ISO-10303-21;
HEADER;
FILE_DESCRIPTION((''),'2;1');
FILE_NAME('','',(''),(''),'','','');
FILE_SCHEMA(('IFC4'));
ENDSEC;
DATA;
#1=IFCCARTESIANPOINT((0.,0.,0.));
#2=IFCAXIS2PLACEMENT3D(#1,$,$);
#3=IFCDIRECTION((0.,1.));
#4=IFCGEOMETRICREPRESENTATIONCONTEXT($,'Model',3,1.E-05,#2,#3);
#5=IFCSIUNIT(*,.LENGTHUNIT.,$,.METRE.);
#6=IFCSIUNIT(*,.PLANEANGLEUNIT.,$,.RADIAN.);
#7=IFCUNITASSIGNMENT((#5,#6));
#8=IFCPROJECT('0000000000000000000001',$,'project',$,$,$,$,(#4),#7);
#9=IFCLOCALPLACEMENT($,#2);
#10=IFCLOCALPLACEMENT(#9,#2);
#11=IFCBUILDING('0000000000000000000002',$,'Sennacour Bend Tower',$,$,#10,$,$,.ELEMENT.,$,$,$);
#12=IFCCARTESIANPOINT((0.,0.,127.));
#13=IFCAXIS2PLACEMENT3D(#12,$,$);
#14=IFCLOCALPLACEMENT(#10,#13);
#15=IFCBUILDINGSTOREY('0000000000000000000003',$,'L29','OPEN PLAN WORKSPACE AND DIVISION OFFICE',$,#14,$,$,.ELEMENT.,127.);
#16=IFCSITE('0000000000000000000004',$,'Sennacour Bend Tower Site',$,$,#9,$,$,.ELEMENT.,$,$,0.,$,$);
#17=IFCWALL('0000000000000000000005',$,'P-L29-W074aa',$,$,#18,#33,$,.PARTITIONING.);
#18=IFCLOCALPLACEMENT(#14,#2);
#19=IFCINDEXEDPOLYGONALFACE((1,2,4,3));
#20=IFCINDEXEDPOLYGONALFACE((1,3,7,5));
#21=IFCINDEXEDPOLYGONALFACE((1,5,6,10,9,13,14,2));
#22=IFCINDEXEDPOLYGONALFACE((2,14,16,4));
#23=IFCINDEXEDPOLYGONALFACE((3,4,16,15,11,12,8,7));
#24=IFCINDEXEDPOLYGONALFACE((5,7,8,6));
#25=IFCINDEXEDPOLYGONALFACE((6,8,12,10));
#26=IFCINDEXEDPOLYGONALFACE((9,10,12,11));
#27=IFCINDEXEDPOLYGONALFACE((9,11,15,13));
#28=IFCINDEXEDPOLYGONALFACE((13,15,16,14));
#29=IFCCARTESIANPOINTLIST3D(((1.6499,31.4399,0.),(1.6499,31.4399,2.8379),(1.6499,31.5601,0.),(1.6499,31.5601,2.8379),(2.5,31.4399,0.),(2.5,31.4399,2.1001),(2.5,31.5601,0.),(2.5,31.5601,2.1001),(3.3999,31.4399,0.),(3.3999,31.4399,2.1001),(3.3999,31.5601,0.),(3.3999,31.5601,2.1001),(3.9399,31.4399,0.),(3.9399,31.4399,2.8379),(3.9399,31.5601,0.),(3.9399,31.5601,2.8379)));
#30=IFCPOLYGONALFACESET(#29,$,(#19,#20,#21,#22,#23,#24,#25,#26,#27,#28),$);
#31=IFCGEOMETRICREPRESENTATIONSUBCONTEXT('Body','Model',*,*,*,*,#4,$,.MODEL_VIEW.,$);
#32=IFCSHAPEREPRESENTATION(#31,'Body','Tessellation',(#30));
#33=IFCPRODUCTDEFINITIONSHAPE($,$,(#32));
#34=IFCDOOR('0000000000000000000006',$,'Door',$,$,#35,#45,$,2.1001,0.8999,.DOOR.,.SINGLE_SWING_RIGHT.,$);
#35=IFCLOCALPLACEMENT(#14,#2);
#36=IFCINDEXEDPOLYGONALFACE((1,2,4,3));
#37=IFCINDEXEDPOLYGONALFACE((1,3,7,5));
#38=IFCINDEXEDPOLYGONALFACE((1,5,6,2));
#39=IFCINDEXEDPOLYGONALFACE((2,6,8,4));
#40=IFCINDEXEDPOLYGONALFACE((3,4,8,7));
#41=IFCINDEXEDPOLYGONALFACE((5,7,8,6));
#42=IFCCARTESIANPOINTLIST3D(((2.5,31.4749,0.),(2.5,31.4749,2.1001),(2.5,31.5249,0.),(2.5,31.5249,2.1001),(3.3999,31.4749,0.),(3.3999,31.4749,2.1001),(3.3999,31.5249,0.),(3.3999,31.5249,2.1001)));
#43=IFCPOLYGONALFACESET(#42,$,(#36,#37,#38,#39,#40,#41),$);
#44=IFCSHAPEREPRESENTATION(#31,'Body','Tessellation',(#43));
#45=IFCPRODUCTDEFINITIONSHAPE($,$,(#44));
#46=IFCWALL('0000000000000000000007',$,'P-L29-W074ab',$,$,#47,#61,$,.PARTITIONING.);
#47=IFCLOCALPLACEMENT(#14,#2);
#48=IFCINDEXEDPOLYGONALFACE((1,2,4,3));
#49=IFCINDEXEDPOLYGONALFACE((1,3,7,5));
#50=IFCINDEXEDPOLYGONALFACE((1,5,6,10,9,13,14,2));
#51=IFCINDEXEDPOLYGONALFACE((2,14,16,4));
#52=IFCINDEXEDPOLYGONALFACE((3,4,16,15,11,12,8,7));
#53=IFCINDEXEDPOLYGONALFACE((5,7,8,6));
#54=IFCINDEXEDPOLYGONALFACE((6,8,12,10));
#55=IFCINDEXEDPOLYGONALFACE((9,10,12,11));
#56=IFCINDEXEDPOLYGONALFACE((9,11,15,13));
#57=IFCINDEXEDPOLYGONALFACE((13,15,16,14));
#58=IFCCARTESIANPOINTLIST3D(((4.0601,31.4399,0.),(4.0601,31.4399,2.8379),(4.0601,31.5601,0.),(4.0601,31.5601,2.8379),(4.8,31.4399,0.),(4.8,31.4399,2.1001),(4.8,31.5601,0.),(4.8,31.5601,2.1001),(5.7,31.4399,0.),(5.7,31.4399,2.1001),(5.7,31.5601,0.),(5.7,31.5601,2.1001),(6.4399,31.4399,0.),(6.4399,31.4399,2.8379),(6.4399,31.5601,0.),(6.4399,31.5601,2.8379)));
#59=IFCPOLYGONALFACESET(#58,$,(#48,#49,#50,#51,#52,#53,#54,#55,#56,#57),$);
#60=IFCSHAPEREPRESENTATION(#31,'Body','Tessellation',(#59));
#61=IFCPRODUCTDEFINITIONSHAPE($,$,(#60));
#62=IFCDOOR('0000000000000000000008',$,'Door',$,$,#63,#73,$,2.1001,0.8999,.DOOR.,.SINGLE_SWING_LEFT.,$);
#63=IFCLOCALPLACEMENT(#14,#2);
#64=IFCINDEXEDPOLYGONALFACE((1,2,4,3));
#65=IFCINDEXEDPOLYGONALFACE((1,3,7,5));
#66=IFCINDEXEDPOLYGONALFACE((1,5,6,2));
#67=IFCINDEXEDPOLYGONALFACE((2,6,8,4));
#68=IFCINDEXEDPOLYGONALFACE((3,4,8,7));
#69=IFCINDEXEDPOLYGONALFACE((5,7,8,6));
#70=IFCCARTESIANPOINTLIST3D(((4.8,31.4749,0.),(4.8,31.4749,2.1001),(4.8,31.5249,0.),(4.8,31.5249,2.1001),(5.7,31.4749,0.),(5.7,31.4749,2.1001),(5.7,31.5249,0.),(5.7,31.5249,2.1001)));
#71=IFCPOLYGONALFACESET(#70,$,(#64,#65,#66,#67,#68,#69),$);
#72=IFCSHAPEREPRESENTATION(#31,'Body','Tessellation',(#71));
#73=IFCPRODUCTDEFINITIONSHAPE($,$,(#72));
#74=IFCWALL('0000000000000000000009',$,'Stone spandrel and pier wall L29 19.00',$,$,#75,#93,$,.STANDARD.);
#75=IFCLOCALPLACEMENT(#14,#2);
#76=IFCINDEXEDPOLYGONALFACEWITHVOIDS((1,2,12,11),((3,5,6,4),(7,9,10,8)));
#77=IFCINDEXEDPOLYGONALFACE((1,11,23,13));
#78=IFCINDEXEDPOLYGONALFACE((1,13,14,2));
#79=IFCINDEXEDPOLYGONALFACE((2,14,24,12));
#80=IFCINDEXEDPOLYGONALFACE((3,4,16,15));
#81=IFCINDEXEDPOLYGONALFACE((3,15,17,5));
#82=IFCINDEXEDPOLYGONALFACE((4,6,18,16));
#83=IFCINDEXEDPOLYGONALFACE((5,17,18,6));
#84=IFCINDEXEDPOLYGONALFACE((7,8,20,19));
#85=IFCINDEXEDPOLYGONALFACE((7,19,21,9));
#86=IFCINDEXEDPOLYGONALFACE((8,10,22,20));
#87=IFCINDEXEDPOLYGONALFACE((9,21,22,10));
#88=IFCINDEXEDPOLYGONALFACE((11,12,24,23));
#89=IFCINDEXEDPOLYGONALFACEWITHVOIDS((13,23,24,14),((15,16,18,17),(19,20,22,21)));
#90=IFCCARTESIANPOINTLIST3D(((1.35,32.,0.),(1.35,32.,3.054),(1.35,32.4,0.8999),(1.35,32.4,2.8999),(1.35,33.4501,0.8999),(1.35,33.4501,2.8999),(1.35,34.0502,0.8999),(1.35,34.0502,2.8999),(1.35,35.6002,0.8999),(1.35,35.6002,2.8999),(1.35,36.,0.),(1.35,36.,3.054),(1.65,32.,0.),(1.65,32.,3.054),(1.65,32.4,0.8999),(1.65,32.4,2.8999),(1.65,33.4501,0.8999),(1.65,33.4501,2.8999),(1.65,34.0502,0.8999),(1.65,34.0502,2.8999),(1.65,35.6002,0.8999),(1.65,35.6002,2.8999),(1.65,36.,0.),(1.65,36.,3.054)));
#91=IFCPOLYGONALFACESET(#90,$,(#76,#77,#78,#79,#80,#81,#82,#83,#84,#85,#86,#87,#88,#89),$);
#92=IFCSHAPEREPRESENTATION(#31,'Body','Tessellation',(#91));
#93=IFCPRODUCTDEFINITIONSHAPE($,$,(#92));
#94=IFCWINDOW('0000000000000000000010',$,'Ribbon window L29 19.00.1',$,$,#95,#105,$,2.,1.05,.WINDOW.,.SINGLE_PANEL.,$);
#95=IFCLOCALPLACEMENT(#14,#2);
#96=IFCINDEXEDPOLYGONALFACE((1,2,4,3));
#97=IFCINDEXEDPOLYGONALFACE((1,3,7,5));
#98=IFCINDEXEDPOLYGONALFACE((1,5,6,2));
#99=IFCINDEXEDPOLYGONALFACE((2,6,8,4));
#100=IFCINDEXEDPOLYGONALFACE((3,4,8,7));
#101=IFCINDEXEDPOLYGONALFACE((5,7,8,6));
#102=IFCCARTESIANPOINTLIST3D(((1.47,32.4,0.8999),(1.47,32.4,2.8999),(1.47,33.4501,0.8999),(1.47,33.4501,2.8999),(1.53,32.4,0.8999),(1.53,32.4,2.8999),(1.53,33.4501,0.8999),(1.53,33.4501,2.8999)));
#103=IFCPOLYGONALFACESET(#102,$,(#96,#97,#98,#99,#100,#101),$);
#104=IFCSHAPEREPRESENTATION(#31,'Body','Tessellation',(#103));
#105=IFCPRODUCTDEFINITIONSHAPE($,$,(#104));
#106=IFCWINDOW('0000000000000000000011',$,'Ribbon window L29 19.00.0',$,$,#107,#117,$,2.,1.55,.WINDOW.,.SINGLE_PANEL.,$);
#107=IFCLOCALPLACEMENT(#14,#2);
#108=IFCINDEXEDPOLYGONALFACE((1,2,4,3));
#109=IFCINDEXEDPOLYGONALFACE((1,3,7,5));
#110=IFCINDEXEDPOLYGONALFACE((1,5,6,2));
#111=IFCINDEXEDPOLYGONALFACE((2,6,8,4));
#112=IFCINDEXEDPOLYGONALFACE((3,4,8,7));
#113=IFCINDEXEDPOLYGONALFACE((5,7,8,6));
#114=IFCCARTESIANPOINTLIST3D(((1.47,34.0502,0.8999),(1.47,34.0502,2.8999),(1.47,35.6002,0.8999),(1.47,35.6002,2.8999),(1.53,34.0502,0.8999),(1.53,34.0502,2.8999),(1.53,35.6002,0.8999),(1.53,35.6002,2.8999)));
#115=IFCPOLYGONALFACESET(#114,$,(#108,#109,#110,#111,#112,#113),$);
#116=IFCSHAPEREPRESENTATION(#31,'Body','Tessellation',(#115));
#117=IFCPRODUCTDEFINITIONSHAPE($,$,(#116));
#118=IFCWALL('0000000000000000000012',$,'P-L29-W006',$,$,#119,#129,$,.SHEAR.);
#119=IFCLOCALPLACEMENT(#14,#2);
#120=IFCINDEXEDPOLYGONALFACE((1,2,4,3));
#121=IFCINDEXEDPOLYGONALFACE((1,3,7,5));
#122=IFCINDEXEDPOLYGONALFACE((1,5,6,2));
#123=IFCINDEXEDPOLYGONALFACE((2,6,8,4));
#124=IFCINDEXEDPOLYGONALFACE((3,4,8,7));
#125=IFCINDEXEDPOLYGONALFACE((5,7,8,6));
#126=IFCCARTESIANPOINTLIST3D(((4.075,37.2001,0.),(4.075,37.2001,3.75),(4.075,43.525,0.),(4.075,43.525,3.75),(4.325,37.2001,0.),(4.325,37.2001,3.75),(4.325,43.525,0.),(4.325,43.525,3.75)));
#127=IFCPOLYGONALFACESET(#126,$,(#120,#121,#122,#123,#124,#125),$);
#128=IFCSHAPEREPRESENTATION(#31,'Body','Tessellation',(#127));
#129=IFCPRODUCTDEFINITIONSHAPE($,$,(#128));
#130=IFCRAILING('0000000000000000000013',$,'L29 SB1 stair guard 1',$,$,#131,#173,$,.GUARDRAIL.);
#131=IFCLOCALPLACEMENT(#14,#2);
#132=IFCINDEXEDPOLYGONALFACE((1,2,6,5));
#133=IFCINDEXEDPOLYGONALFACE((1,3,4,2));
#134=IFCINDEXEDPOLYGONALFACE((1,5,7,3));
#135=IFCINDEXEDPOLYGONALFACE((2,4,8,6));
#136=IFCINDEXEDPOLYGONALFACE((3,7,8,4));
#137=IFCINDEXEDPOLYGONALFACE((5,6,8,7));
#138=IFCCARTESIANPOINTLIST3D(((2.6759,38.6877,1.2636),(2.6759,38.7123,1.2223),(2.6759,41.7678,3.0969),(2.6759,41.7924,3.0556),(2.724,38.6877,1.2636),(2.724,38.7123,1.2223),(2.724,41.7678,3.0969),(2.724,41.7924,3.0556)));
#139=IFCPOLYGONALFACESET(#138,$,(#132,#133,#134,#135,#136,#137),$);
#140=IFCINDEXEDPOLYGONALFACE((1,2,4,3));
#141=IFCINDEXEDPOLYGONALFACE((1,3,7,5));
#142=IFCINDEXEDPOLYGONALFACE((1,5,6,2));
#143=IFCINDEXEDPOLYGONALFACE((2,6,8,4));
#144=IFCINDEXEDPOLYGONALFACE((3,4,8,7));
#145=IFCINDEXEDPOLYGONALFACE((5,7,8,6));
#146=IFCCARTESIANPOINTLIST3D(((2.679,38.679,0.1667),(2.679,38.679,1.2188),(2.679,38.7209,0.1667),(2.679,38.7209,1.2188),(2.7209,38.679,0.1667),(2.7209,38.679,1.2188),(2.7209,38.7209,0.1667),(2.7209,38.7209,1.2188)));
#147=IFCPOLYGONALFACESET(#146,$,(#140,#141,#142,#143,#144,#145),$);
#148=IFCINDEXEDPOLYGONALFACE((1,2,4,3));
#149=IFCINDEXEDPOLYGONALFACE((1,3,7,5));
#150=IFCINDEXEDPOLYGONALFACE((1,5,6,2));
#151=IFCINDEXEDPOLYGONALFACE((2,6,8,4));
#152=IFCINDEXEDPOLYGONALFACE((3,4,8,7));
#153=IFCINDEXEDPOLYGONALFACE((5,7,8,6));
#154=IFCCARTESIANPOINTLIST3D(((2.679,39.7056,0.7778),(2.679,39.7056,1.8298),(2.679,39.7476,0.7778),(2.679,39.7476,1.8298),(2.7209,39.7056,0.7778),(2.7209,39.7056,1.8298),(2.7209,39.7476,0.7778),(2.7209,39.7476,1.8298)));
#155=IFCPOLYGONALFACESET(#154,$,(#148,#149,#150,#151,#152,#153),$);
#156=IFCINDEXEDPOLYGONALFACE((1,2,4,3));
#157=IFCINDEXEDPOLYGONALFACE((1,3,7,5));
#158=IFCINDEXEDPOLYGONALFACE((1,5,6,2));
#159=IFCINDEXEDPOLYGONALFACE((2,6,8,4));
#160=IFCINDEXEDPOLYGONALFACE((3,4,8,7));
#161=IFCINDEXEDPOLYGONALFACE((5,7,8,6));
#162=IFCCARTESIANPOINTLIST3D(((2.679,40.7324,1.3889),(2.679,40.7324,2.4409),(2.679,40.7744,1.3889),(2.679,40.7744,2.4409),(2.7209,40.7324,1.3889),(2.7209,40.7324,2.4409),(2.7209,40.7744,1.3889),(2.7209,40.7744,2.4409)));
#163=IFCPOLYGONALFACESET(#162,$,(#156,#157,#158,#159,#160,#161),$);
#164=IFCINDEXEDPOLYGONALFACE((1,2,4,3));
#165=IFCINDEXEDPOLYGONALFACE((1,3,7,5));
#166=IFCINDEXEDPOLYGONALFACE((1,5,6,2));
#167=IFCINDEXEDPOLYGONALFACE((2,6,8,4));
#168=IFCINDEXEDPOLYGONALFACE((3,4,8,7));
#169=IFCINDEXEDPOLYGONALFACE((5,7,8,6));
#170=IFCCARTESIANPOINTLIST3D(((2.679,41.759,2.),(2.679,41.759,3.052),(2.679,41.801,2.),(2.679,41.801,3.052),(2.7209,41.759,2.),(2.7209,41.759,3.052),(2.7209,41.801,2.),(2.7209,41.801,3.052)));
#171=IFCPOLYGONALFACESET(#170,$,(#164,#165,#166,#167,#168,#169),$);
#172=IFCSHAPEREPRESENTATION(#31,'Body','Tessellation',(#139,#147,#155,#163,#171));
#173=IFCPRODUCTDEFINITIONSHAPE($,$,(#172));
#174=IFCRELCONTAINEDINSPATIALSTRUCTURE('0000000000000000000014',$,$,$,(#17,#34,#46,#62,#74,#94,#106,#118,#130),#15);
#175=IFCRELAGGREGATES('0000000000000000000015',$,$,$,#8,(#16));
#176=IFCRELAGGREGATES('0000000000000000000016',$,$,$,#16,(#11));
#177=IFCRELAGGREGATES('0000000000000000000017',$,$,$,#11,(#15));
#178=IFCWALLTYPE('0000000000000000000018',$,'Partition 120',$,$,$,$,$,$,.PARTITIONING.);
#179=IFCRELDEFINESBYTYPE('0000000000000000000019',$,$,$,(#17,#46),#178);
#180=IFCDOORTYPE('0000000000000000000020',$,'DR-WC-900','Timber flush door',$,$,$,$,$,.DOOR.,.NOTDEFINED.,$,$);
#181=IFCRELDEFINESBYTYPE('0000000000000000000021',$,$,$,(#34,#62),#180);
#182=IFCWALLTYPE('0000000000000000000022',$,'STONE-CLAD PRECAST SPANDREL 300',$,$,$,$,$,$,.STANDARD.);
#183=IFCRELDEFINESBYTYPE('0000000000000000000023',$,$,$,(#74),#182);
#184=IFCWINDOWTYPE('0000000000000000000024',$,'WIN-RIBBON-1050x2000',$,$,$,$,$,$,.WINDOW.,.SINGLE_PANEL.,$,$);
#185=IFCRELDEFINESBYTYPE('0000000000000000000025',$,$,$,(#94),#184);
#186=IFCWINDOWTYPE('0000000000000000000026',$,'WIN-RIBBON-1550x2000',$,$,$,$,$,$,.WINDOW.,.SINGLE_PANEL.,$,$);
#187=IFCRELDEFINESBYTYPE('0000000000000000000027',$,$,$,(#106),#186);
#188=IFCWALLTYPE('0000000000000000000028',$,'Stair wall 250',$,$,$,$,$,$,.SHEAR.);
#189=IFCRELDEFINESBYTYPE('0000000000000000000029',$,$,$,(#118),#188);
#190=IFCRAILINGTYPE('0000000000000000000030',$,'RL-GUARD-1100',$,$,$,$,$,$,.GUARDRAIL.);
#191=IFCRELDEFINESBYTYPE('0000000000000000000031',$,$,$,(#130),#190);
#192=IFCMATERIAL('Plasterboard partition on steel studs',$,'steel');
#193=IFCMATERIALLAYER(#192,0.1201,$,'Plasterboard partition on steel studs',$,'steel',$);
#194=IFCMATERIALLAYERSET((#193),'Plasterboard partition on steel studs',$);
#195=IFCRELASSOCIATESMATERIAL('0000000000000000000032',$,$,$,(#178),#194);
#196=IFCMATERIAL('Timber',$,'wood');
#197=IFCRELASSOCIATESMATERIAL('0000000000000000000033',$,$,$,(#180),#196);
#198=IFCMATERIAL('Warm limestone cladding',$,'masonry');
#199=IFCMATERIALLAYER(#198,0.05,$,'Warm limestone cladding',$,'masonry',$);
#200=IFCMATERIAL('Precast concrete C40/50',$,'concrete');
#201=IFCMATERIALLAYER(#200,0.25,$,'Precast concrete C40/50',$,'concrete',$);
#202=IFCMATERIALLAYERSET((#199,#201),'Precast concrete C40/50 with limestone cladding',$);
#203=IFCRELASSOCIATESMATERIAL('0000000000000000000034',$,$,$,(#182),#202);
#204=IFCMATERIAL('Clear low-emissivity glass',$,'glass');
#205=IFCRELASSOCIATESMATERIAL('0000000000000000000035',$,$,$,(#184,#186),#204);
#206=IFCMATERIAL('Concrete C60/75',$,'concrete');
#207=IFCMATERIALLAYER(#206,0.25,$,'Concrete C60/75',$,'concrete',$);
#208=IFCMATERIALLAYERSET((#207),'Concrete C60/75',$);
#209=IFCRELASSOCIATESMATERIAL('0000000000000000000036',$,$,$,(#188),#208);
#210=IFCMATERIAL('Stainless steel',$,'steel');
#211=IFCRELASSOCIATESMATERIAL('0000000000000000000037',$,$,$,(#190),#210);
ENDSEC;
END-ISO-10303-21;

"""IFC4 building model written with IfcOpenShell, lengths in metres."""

from ifc_helpers import new_model, si_unit, direction, frame, frame_2d, origin, origin_2d, place, context, subcontext, project, spatial, rectangle, extrude, material, layer, layer_set, type_object, element, fill, save


model = new_model("IFC4")

# Units and contexts
model_context = context("Model", 3, precision=1e-05, world=origin(), true_north=direction((0.0, 1.0)))
body_context = subcontext(model_context, "Body", "Model", "MODEL_VIEW")
ifc_project = project(units=[si_unit("LENGTHUNIT", "METRE"), si_unit("PLANEANGLEUNIT", "RADIAN")], contexts=[model_context])

# Site, building, storey
site_placement = place(None, origin())
site = spatial("IfcSite", under=ifc_project, at=site_placement, Name="Sennacour Bend Tower Site", CompositionType="ELEMENT", RefElevation=0.0)
building_placement = place(site_placement, origin())
building = spatial("IfcBuilding", under=site, at=building_placement, Name="Sennacour Bend Tower", CompositionType="ELEMENT")
storey_placement = place(building_placement, frame((0.0, 0.0, 127.0)))
storey = spatial("IfcBuildingStorey", under=building, at=storey_placement, Name="L29", Description="OPEN PLAN WORKSPACE AND DIVISION OFFICE", CompositionType="ELEMENT", Elevation=127.0)

# Walls, openings, doors
ifc_material_1 = material(Name="Plasterboard partition on steel studs", Category="steel")
ifc_layer_1 = layer(ifc_material_1, 0.1201, Name="Plasterboard partition on steel studs", Category="steel")
ifc_layer_set_1 = layer_set([ifc_layer_1], Name="Plasterboard partition on steel studs")
wall_type_1 = type_object("IfcWallType", Name="Partition 120", PredefinedType="PARTITIONING", material=ifc_layer_set_1)
wall_1_placement = place(storey_placement, frame((1.6499, 31.5, 0.0), z_axis=(0.0, 0.0, 1.0), x_axis=(1.0, 0.0, 0.0)))
wall_1 = element("IfcWall", 1, at=wall_1_placement, inside=storey, type_object=wall_type_1, Name="P-L29-W074aa", PredefinedType="PARTITIONING", context=body_context, shape_type="SweptSolid", body=[
    extrude(rectangle(XDim=2.29, YDim=0.1201, at=frame_2d((1.145, 0.0))), origin(), (0.0, 0.0, 1.0), 2.8379),
])
opening_1_placement = place(wall_1_placement, frame((0.8501, 0.0, 0.0)))
opening_1 = element("IfcOpeningElement", 2, at=opening_1_placement, cuts=wall_1, PredefinedType="OPENING", context=body_context, shape_type="SweptSolid", body=[
    extrude(rectangle(XDim=0.8999, YDim=2.1001, at=frame_2d((0.45, 1.05))), frame((0.0, 0.0701, 0.0), z_axis=(0.0, -1.0, 0.0), x_axis=(1.0, 0.0, 0.0)), (0.0, 0.0, 1.0), 0.1401),
])
ifc_material_2 = material(Name="Timber", Category="wood")
door_type_1 = type_object("IfcDoorType", Name="DR-WC-900", Description="Timber flush door", OperationType="NOTDEFINED", PredefinedType="DOOR", material=ifc_material_2)
door_1_placement = place(opening_1_placement, origin())
door_1 = element("IfcDoor", 3, at=door_1_placement, inside=storey, type_object=door_type_1, Name="Door", OperationType="SINGLE_SWING_RIGHT", OverallHeight=2.1001, OverallWidth=0.8999, PredefinedType="DOOR", context=body_context, shape_type="SweptSolid", body=[
    extrude(rectangle(XDim=0.8999, YDim=2.1001, at=frame_2d((0.45, 1.05))), frame((0.0, 0.0249, 0.0), z_axis=(0.0, -1.0, 0.0), x_axis=(1.0, 0.0, 0.0)), (0.0, 0.0, 1.0), 0.05),
])
fill(opening_1, door_1)
wall_2_placement = place(storey_placement, frame((4.0601, 31.5, 0.0), z_axis=(0.0, 0.0, 1.0), x_axis=(1.0, 0.0, 0.0)))
wall_2 = element("IfcWall", 4, at=wall_2_placement, inside=storey, type_object=wall_type_1, Name="P-L29-W074ab", PredefinedType="PARTITIONING", context=body_context, shape_type="SweptSolid", body=[
    extrude(rectangle(XDim=2.3799, YDim=0.1201, at=frame_2d((1.1899, 0.0))), origin(), (0.0, 0.0, 1.0), 2.8379),
])
opening_2_placement = place(wall_2_placement, frame((0.74, 0.0, 0.0)))
opening_2 = element("IfcOpeningElement", 5, at=opening_2_placement, cuts=wall_2, PredefinedType="OPENING", context=body_context, shape_type="SweptSolid", body=[
    extrude(rectangle(XDim=0.8999, YDim=2.1001, at=frame_2d((0.45, 1.05))), frame((0.0, 0.0701, 0.0), z_axis=(0.0, -1.0, 0.0), x_axis=(1.0, 0.0, 0.0)), (0.0, 0.0, 1.0), 0.1401),
])
door_2_placement = place(opening_2_placement, origin())
door_2 = element("IfcDoor", 6, at=door_2_placement, inside=storey, type_object=door_type_1, Name="Door", OperationType="SINGLE_SWING_LEFT", OverallHeight=2.1001, OverallWidth=0.8999, PredefinedType="DOOR", context=body_context, shape_type="SweptSolid", body=[
    extrude(rectangle(XDim=0.8999, YDim=2.1001, at=frame_2d((0.45, 1.05))), frame((0.0, 0.0249, 0.0), z_axis=(0.0, -1.0, 0.0), x_axis=(1.0, 0.0, 0.0)), (0.0, 0.0, 1.0), 0.05),
])
fill(opening_2, door_2)

# Wall, openings, windows
ifc_material_3 = material(Name="Warm limestone cladding", Category="masonry")
ifc_layer_2 = layer(ifc_material_3, 0.05, Name="Warm limestone cladding", Category="masonry")
ifc_material_4 = material(Name="Precast concrete C40/50", Category="concrete")
ifc_layer_3 = layer(ifc_material_4, 0.25, Name="Precast concrete C40/50", Category="concrete")
ifc_layer_set_2 = layer_set([ifc_layer_2, ifc_layer_3], Name="Precast concrete C40/50 with limestone cladding")
wall_type_2 = type_object("IfcWallType", Name="STONE-CLAD PRECAST SPANDREL 300", PredefinedType="STANDARD", material=ifc_layer_set_2)
wall_3_placement = place(storey_placement, frame((1.5, 36.0, 0.0), z_axis=(0.0, 0.0, 1.0), x_axis=(0.0, -1.0, 0.0)))
wall_3 = element("IfcWall", 7, at=wall_3_placement, inside=storey, type_object=wall_type_2, Name="Stone spandrel and pier wall L29 19.00", PredefinedType="STANDARD", context=body_context, shape_type="SweptSolid", body=[
    extrude(rectangle(XDim=4.0, YDim=0.3, at=frame_2d((2.0, 0.0))), origin(), (0.0, 0.0, 1.0), 3.054),
])
opening_3_placement = place(wall_3_placement, frame((0.3999, 0.0, 0.8999)))
opening_3 = element("IfcOpeningElement", 8, at=opening_3_placement, cuts=wall_3, PredefinedType="OPENING", context=body_context, shape_type="SweptSolid", body=[
    extrude(rectangle(XDim=1.55, YDim=2.0, at=frame_2d((0.7749, 1.0))), frame((0.0, 0.1602, 0.0), z_axis=(0.0, -1.0, 0.0), x_axis=(1.0, 0.0, 0.0)), (0.0, 0.0, 1.0), 0.3201),
])
opening_4_placement = place(wall_3_placement, frame((2.55, 0.0, 0.8999)))
opening_4 = element("IfcOpeningElement", 9, at=opening_4_placement, cuts=wall_3, PredefinedType="OPENING", context=body_context, shape_type="SweptSolid", body=[
    extrude(rectangle(XDim=1.05, YDim=2.0, at=frame_2d((0.5249, 1.0))), frame((0.0, 0.1602, 0.0), z_axis=(0.0, -1.0, 0.0), x_axis=(1.0, 0.0, 0.0)), (0.0, 0.0, 1.0), 0.3201),
])
ifc_material_5 = material(Name="Clear low-emissivity glass", Category="glass")
window_type_1 = type_object("IfcWindowType", Name="WIN-RIBBON-1050x2000", PartitioningType="SINGLE_PANEL", PredefinedType="WINDOW", material=ifc_material_5)
window_1_placement = place(opening_4_placement, origin())
window_1 = element("IfcWindow", 10, at=window_1_placement, inside=storey, type_object=window_type_1, Name="Ribbon window L29 19.00.1", OverallHeight=2.0, OverallWidth=1.05, PartitioningType="SINGLE_PANEL", PredefinedType="WINDOW", context=body_context, shape_type="SweptSolid", body=[
    extrude(rectangle(XDim=1.05, YDim=2.0, at=frame_2d((0.5249, 1.0))), frame((0.0, 0.03, 0.0), z_axis=(0.0, -1.0, 0.0), x_axis=(1.0, 0.0, 0.0)), (0.0, 0.0, 1.0), 0.0601),
])
fill(opening_4, window_1)
window_type_2 = type_object("IfcWindowType", Name="WIN-RIBBON-1550x2000", PartitioningType="SINGLE_PANEL", PredefinedType="WINDOW", material=ifc_material_5)
window_2_placement = place(opening_3_placement, origin())
window_2 = element("IfcWindow", 11, at=window_2_placement, inside=storey, type_object=window_type_2, Name="Ribbon window L29 19.00.0", OverallHeight=2.0, OverallWidth=1.55, PartitioningType="SINGLE_PANEL", PredefinedType="WINDOW", context=body_context, shape_type="SweptSolid", body=[
    extrude(rectangle(XDim=1.55, YDim=2.0, at=frame_2d((0.7749, 1.0))), frame((0.0, 0.03, 0.0), z_axis=(0.0, -1.0, 0.0), x_axis=(1.0, 0.0, 0.0)), (0.0, 0.0, 1.0), 0.0601),
])
fill(opening_3, window_2)

# Wall
ifc_material_6 = material(Name="Concrete C60/75", Category="concrete")
ifc_layer_4 = layer(ifc_material_6, 0.25, Name="Concrete C60/75", Category="concrete")
ifc_layer_set_3 = layer_set([ifc_layer_4], Name="Concrete C60/75")
wall_type_3 = type_object("IfcWallType", Name="Stair wall 250", PredefinedType="SHEAR", material=ifc_layer_set_3)
wall_4_placement = place(storey_placement, frame((4.2, 37.2, 0.0), z_axis=(0.0, 0.0, 1.0), x_axis=(0.0, 1.0, 0.0)))
element("IfcWall", 12, at=wall_4_placement, inside=storey, type_object=wall_type_3, Name="P-L29-W006", PredefinedType="SHEAR", context=body_context, shape_type="SweptSolid", body=[
    extrude(rectangle(XDim=6.325, YDim=0.25, at=frame_2d((3.1626, 0.0))), origin(), (0.0, 0.0, 1.0), 3.75),
])

# Railing
ifc_material_7 = material(Name="Stainless steel", Category="steel")
railing_type = type_object("IfcRailingType", Name="RL-GUARD-1100", PredefinedType="GUARDRAIL", material=ifc_material_7)
railing_1_placement = place(storey_placement, frame((2.7, 38.7, 0.1667)))
element("IfcRailing", 13, at=railing_1_placement, inside=storey, type_object=railing_type, Name="L29 SB1 stair guard 1", PredefinedType="GUARDRAIL", context=body_context, shape_type="SweptSolid", body=[
    extrude(rectangle(XDim=0.0481, YDim=0.0481, at=origin_2d()), frame((0.0, 0.0, 1.0762), z_axis=(0.0, 0.859309, 0.511458), x_axis=(-1.0, 0.0, 0.0)), (0.0, 0.0, 1.0), 3.5845),
    extrude(rectangle(XDim=0.042, YDim=0.042, at=origin_2d()), origin(), (0.0, 0.0, 1.0), 1.052),
    extrude(rectangle(XDim=0.042, YDim=0.042, at=origin_2d()), frame((0.0, 1.0266, 0.6111)), (0.0, 0.0, 1.0), 1.052),
    extrude(rectangle(XDim=0.042, YDim=0.042, at=origin_2d()), frame((0.0, 2.0535, 1.2222)), (0.0, 0.0, 1.0), 1.052),
    extrude(rectangle(XDim=0.042, YDim=0.042, at=origin_2d()), frame((0.0, 3.0801, 1.8333)), (0.0, 0.0, 1.0), 1.052),
])

save(model, "model.ifc")
